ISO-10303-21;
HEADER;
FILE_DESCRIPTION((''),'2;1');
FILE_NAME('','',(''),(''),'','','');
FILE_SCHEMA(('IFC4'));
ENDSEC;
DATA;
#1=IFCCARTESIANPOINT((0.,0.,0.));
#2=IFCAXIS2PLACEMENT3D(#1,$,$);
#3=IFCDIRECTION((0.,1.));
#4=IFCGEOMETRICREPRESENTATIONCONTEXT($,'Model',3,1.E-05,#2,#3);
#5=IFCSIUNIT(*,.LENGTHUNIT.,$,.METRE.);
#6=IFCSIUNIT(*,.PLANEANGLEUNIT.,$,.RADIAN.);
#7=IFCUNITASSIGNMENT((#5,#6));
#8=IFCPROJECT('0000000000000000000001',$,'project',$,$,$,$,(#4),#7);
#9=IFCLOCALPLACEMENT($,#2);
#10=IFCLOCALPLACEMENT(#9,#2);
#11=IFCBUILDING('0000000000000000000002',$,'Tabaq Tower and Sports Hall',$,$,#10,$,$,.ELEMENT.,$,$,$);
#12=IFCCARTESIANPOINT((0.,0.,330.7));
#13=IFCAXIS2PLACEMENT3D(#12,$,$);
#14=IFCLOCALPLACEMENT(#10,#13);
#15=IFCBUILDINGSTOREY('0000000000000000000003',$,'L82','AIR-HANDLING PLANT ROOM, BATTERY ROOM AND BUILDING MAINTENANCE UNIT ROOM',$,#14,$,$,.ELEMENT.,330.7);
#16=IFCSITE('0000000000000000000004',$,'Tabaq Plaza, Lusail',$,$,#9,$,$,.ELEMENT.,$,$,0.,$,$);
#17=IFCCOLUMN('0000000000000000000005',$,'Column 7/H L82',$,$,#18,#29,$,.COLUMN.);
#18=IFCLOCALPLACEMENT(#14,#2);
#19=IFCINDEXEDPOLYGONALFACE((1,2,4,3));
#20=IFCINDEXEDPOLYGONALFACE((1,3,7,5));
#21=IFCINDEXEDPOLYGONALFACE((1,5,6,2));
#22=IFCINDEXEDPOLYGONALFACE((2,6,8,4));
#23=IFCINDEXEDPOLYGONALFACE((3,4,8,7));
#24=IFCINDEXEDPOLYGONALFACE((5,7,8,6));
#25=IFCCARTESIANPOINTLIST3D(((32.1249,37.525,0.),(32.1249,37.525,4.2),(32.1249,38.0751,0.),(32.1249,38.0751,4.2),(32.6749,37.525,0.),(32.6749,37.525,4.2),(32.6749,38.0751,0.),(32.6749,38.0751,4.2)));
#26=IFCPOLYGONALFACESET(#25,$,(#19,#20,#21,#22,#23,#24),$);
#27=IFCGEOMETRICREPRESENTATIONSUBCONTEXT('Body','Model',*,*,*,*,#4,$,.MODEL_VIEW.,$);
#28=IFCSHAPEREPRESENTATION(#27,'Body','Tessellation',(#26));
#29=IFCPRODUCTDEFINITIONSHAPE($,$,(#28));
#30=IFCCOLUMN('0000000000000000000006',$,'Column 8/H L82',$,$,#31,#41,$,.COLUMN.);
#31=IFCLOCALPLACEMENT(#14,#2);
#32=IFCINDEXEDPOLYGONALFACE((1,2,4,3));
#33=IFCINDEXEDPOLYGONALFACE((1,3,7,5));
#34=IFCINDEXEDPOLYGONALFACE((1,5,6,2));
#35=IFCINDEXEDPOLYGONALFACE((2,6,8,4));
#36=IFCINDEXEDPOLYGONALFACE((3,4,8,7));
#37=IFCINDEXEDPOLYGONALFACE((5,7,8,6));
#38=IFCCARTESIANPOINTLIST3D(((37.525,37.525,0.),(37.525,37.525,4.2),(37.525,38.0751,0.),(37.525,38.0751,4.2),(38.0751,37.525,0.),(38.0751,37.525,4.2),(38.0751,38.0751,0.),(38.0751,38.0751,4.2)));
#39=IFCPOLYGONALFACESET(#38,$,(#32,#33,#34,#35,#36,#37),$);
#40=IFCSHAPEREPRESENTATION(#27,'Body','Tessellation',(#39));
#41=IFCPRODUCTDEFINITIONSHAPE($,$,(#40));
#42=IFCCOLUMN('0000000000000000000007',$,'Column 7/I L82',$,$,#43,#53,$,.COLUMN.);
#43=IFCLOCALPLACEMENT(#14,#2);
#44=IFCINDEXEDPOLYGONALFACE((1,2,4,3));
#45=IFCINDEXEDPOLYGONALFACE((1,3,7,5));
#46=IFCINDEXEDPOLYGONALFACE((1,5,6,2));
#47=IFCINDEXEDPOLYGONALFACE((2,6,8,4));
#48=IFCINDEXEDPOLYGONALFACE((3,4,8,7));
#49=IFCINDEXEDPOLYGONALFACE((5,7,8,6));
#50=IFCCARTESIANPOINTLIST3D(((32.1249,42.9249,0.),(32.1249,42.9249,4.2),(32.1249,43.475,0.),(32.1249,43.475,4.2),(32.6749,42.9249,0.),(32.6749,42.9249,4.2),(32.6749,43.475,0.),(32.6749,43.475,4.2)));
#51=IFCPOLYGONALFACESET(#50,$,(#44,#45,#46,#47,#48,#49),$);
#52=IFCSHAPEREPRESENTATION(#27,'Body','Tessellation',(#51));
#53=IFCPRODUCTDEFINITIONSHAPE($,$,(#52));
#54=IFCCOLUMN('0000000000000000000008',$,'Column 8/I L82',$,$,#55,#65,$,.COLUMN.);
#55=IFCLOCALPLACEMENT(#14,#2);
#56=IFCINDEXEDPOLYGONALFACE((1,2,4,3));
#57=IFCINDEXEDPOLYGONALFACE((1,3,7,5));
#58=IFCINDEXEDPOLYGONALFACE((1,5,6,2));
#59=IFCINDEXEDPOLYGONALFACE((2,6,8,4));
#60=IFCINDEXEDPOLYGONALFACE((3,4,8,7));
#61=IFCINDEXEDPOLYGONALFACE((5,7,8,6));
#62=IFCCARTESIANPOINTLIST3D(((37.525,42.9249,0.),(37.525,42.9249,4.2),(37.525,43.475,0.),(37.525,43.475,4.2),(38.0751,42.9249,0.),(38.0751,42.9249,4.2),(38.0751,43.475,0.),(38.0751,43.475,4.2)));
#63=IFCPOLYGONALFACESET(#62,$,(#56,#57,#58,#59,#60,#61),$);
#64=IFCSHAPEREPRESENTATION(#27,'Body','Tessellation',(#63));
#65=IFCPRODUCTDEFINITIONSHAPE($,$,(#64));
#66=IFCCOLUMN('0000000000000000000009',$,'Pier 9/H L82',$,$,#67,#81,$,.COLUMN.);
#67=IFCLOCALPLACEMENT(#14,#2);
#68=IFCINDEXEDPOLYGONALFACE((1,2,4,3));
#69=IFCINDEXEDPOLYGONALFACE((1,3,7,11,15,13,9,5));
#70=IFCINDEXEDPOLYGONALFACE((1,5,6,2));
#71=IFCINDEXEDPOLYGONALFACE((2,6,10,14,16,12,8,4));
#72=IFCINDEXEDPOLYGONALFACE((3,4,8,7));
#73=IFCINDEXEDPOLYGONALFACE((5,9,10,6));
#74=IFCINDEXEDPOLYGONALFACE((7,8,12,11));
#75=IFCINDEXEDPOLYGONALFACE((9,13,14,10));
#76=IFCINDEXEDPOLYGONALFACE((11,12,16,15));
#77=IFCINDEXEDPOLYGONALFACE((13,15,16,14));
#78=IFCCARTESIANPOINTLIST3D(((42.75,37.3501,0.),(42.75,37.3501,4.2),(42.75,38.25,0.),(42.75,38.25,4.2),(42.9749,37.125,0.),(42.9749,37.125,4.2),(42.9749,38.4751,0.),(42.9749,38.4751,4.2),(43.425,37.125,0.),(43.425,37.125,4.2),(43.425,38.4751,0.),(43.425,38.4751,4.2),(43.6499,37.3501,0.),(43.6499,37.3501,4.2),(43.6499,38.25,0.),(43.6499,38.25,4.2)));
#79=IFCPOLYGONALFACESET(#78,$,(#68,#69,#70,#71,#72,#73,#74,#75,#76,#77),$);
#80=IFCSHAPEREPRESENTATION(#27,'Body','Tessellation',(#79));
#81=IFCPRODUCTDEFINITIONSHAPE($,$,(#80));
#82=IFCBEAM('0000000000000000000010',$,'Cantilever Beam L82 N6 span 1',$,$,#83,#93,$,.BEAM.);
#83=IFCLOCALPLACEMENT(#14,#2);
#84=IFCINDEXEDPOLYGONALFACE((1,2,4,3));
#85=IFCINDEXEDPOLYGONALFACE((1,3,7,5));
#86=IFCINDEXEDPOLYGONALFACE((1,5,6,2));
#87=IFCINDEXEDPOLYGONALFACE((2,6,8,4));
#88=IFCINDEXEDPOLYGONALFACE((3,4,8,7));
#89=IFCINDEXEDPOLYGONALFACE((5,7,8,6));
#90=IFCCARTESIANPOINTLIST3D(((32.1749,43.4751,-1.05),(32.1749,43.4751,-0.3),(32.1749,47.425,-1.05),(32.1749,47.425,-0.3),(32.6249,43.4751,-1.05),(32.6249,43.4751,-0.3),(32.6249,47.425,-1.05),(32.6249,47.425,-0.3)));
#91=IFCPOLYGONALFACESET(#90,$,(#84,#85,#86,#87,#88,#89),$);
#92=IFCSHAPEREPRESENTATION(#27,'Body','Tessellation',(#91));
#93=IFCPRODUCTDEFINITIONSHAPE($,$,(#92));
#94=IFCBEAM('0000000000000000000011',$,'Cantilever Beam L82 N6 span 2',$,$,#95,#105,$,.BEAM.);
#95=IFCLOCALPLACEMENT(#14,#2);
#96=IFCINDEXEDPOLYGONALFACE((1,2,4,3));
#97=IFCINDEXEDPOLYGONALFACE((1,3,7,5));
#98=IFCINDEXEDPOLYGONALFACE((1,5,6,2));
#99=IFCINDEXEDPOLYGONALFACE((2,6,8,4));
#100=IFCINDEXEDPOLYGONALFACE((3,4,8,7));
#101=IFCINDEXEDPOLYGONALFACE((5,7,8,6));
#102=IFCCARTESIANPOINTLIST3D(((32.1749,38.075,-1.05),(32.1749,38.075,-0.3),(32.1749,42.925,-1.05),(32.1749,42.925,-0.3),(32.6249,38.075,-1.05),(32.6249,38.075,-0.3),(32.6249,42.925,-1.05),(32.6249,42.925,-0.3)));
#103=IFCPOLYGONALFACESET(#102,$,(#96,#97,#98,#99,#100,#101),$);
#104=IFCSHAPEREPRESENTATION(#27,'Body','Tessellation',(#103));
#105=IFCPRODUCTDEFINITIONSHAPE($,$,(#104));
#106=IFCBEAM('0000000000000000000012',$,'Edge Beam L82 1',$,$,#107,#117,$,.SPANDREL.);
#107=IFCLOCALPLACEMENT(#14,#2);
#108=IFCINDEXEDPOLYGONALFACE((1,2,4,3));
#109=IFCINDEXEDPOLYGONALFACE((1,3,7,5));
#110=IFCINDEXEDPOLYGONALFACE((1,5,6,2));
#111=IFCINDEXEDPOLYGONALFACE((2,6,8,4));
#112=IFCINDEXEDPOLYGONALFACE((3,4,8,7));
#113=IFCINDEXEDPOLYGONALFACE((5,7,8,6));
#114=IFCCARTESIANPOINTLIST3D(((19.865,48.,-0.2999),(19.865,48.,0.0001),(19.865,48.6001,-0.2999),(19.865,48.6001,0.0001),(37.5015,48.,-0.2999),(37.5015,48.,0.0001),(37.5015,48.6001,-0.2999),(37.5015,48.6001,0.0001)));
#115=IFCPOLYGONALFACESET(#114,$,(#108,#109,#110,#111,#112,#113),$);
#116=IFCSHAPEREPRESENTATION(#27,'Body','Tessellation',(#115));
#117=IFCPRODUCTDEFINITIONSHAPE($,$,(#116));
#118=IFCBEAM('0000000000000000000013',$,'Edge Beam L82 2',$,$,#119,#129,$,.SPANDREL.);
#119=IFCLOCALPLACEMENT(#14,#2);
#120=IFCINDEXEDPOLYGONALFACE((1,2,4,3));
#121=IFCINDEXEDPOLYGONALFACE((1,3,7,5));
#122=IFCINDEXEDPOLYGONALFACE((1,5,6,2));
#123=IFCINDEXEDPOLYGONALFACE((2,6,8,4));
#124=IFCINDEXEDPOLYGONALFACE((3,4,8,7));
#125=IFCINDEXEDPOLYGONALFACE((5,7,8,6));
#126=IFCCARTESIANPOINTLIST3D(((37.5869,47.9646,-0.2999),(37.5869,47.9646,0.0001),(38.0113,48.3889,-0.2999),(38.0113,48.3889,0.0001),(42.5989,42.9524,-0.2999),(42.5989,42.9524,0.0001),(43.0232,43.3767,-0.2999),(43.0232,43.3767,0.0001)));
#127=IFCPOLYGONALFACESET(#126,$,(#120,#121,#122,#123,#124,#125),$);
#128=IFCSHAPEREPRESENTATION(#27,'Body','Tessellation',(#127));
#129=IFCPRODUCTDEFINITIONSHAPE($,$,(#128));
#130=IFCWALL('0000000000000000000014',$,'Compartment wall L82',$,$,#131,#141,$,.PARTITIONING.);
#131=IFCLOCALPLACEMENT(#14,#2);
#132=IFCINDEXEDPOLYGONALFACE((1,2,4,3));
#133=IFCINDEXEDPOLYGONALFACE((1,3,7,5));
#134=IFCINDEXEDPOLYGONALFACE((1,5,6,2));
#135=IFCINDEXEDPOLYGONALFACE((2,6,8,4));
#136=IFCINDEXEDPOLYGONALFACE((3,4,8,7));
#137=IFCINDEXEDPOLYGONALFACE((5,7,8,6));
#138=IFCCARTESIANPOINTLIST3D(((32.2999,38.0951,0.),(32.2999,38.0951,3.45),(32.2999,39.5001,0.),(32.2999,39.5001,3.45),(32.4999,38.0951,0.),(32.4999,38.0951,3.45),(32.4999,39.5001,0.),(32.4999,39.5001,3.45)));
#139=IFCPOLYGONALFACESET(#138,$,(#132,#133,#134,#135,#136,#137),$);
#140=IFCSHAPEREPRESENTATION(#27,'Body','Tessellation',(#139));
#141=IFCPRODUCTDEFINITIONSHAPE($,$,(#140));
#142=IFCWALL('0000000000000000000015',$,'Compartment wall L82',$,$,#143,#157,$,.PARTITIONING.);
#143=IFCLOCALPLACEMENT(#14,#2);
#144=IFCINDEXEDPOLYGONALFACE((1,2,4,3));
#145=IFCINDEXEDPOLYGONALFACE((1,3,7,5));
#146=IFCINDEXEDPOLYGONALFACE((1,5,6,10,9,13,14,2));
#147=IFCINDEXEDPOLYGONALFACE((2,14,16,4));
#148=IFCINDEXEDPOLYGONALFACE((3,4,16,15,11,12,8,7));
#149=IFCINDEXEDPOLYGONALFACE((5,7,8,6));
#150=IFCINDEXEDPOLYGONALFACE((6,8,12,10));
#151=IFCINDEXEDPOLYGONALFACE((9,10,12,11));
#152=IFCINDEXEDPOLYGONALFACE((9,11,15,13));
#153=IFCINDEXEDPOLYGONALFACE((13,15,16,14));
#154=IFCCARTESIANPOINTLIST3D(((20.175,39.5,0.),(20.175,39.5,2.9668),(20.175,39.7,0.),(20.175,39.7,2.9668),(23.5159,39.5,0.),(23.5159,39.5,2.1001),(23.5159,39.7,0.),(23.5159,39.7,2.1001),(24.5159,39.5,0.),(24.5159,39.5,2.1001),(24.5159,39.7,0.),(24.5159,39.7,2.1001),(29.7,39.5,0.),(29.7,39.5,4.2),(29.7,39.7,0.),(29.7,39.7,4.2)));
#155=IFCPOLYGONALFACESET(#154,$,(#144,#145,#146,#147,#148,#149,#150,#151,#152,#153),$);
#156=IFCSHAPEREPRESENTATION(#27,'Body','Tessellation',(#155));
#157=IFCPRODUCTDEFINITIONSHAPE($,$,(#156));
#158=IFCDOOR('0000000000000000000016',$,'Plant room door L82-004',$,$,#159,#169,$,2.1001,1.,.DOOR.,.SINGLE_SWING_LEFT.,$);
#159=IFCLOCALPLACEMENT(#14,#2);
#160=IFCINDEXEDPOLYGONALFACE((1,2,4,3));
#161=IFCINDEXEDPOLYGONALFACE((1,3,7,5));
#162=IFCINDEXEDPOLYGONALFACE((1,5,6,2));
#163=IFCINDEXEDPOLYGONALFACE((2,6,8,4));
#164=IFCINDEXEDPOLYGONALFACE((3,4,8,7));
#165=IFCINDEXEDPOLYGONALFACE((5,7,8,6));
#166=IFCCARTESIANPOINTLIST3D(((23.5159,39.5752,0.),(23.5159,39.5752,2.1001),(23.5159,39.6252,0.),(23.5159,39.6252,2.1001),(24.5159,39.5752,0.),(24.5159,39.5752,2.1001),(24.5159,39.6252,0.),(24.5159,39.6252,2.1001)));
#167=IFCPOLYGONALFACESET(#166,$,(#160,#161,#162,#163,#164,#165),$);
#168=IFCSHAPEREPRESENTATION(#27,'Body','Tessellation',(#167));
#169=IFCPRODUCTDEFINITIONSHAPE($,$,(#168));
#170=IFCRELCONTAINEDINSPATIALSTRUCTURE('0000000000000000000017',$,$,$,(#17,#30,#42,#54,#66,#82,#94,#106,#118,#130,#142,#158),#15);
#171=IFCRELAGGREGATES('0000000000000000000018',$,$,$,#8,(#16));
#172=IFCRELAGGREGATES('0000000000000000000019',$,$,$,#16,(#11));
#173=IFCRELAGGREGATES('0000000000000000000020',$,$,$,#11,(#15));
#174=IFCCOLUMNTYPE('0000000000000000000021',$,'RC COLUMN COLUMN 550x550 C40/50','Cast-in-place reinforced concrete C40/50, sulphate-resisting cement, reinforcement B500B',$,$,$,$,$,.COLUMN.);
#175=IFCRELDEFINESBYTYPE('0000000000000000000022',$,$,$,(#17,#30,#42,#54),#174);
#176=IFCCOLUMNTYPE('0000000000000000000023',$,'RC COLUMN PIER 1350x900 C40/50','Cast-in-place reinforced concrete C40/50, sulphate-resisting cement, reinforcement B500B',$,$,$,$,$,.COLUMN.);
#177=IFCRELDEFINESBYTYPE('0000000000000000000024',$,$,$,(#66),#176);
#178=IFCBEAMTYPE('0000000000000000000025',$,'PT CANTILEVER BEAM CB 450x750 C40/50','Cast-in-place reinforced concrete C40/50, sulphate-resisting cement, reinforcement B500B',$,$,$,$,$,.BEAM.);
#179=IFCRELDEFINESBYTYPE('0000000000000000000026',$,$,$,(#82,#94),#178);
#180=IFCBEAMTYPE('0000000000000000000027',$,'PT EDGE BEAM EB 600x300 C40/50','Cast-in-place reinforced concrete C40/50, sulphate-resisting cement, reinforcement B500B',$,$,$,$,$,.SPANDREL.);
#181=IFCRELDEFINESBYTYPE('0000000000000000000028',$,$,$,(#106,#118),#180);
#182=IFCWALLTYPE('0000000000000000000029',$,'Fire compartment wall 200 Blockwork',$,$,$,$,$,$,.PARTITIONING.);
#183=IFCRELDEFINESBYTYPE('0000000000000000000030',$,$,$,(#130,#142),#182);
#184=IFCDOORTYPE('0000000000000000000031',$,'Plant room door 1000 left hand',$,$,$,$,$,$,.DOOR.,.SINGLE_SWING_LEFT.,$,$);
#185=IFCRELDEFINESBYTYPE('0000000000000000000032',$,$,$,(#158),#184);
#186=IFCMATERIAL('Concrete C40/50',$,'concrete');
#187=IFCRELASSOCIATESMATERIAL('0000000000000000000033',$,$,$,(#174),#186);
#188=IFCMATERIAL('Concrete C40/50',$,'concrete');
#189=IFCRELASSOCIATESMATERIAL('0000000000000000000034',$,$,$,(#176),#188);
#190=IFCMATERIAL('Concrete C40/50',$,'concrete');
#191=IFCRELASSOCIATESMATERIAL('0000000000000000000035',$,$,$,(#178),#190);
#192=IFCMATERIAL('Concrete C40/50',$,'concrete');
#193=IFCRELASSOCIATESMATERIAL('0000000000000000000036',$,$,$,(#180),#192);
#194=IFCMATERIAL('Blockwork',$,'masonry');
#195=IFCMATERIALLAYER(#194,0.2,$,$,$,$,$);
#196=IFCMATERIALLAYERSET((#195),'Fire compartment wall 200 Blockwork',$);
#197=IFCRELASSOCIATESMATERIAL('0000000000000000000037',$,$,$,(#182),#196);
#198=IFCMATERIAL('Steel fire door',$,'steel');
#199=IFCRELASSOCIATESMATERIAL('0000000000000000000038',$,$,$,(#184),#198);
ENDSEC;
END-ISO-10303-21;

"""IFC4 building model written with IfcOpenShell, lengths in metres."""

from ifc_helpers import new_model, si_unit, direction, frame, frame_2d, origin, origin_2d, place, context, subcontext, project, spatial, polyline, rectangle, outline, extrude, material, layer, layer_set, material_profile, profile_set, type_object, element, fill, save


model = new_model("IFC4")

# Units and contexts
model_context = context("Model", 3, precision=1e-05, world=origin(), true_north=direction((0.0, 1.0)))
body_context = subcontext(model_context, "Body", "Model", "MODEL_VIEW")
ifc_project = project(units=[si_unit("LENGTHUNIT", "METRE"), si_unit("PLANEANGLEUNIT", "RADIAN")], contexts=[model_context])

# Site, building, storey
site_placement = place(None, origin())
site = spatial("IfcSite", under=ifc_project, at=site_placement, Name="Tabaq Plaza, Lusail", CompositionType="ELEMENT", RefElevation=0.0)
building_placement = place(site_placement, origin())
building = spatial("IfcBuilding", under=site, at=building_placement, Name="Tabaq Tower and Sports Hall", CompositionType="ELEMENT")
storey_placement = place(building_placement, frame((0.0, 0.0, 330.7)))
storey = spatial("IfcBuildingStorey", under=building, at=storey_placement, Name="L82", Description="AIR-HANDLING PLANT ROOM, BATTERY ROOM AND BUILDING MAINTENANCE UNIT ROOM", CompositionType="ELEMENT", Elevation=330.7)

# Columns
ifc_material_1 = material(Name="Concrete C40/50", Category="concrete")
ifc_material_profile_1 = material_profile(ifc_material_1, rectangle(XDim=0.55, YDim=0.55, at=origin_2d()), Name="COLUMN 550x550")
ifc_profile_set_1 = profile_set([ifc_material_profile_1], Name="Concrete C40/50")
column_type_1 = type_object("IfcColumnType", Name="RC COLUMN COLUMN 550x550 C40/50", Description="Cast-in-place reinforced concrete C40/50, sulphate-resisting cement, reinforcement B500B", PredefinedType="COLUMN", material=ifc_profile_set_1)
for number, where, z_axis, x_axis, name in (
    (1, (32.3999, 37.8, 0.0), (0.0, 0.0, 1.0), (1.0, 0.0, 0.0), "Column 7/H L82"),
    (2, (37.8, 37.8, 0.0), (0.0, 0.0, 1.0), (1.0, 0.0, 0.0), "Column 8/H L82"),
    (3, (32.3999, 43.2, 0.0), (0.0, 0.0, 1.0), (1.0, 0.0, 0.0), "Column 7/I L82"),
    (4, (37.8, 43.2, 0.0), (0.0, 0.0, 1.0), (1.0, 0.0, 0.0), "Column 8/I L82"),
):
    element("IfcColumn", number, at=place(storey_placement, frame(where, z_axis=z_axis, x_axis=x_axis)), inside=storey, type_object=column_type_1, Name=name, PredefinedType="COLUMN", context=body_context, shape_type="SweptSolid", body=[
        extrude(rectangle(XDim=0.55, YDim=0.55, at=origin_2d()), origin(), (0.0, 0.0, 1.0), 4.2),
    ])
ifc_material_2 = material(Name="Concrete C40/50", Category="concrete")
ifc_material_profile_2 = material_profile(ifc_material_2, outline(polyline([(-0.45, -0.45), (0.45, -0.45), (0.675, -0.2251), (0.675, 0.2251), (0.45, 0.45), (-0.45, 0.45), (-0.675, 0.2251), (-0.675, -0.2251), (-0.45, -0.45)])), Name="PIER 1350x900")
ifc_profile_set_2 = profile_set([ifc_material_profile_2], Name="Concrete C40/50")
column_type_2 = type_object("IfcColumnType", Name="RC COLUMN PIER 1350x900 C40/50", Description="Cast-in-place reinforced concrete C40/50, sulphate-resisting cement, reinforcement B500B", PredefinedType="COLUMN", material=ifc_profile_set_2)
column_placement = place(storey_placement, frame((43.2, 37.8, 0.0), z_axis=(0.0, 0.0, 1.0), x_axis=(0.0, 1.0, 0.0)))
element("IfcColumn", 5, at=column_placement, inside=storey, type_object=column_type_2, Name="Pier 9/H L82", PredefinedType="COLUMN", context=body_context, shape_type="SweptSolid", body=[
    extrude(outline(polyline([(-0.45, -0.45), (0.45, -0.45), (0.675, -0.2251), (0.675, 0.2251), (0.45, 0.45), (-0.45, 0.45), (-0.675, 0.2251), (-0.675, -0.2251), (-0.45, -0.45)])), origin(), (0.0, 0.0, 1.0), 4.2),
])

# Beams
ifc_material_3 = material(Name="Concrete C40/50", Category="concrete")
ifc_material_profile_3 = material_profile(ifc_material_3, rectangle(XDim=0.45, YDim=0.75, at=origin_2d()), Name="CB 450x750")
ifc_profile_set_3 = profile_set([ifc_material_profile_3], Name="Concrete C40/50")
beam_type_1 = type_object("IfcBeamType", Name="PT CANTILEVER BEAM CB 450x750 C40/50", Description="Cast-in-place reinforced concrete C40/50, sulphate-resisting cement, reinforcement B500B", PredefinedType="BEAM", material=ifc_profile_set_3)
beam_1_placement = place(storey_placement, frame((32.3999, 47.425, -0.675), z_axis=(0.0, -1.0, 0.0), x_axis=(1.0, 0.0, 0.0)))
element("IfcBeam", 6, at=beam_1_placement, inside=storey, type_object=beam_type_1, Name="Cantilever Beam L82 N6 span 1", PredefinedType="BEAM", context=body_context, shape_type="SweptSolid", body=[
    extrude(rectangle(XDim=0.45, YDim=0.75, at=origin_2d()), origin(), (0.0, 0.0, 1.0), 3.95),
])
beam_2_placement = place(storey_placement, frame((32.3999, 42.925, -0.675), z_axis=(0.0, -1.0, 0.0), x_axis=(1.0, 0.0, 0.0)))
element("IfcBeam", 7, at=beam_2_placement, inside=storey, type_object=beam_type_1, Name="Cantilever Beam L82 N6 span 2", PredefinedType="BEAM", context=body_context, shape_type="SweptSolid", body=[
    extrude(rectangle(XDim=0.45, YDim=0.75, at=origin_2d()), origin(), (0.0, 0.0, 1.0), 4.8501),
])
ifc_material_4 = material(Name="Concrete C40/50", Category="concrete")
ifc_material_profile_4 = material_profile(ifc_material_4, rectangle(XDim=0.6001, YDim=0.3, at=origin_2d()), Name="EB 600x300")
ifc_profile_set_4 = profile_set([ifc_material_profile_4], Name="Concrete C40/50")
beam_type_2 = type_object("IfcBeamType", Name="PT EDGE BEAM EB 600x300 C40/50", Description="Cast-in-place reinforced concrete C40/50, sulphate-resisting cement, reinforcement B500B", PredefinedType="SPANDREL", material=ifc_profile_set_4)
beam_3_placement = place(storey_placement, frame((37.5015, 48.3, -0.1499), z_axis=(-1.0, 0.0, 0.0), x_axis=(0.0, -1.0, 0.0)))
element("IfcBeam", 8, at=beam_3_placement, inside=storey, type_object=beam_type_2, Name="Edge Beam L82 1", PredefinedType="SPANDREL", context=body_context, shape_type="SweptSolid", body=[
    extrude(rectangle(XDim=0.6001, YDim=0.3, at=origin_2d()), origin(), (0.0, 0.0, 1.0), 17.6365),
])
beam_4_placement = place(storey_placement, frame((42.811, 43.1646, -0.1499), z_axis=(-0.70709, 0.707124, 0.0), x_axis=(-0.707124, -0.70709, 0.0)))
element("IfcBeam", 9, at=beam_4_placement, inside=storey, type_object=beam_type_2, Name="Edge Beam L82 2", PredefinedType="SPANDREL", context=body_context, shape_type="SweptSolid", body=[
    extrude(rectangle(XDim=0.6001, YDim=0.3, at=origin_2d()), origin(), (0.0, 0.0, 1.0), 7.0881),
])

# Shared definitions
ifc_material_5 = material(Name="Blockwork", Category="masonry")
ifc_layer_1 = layer(ifc_material_5, 0.2)
ifc_layer_set_1 = layer_set([ifc_layer_1], Name="Fire compartment wall 200 Blockwork")
wall_type_1 = type_object("IfcWallType", Name="Fire compartment wall 200 Blockwork", PredefinedType="PARTITIONING", material=ifc_layer_set_1)

# Wall
wall_1_placement = place(storey_placement, frame((32.3999, 38.095, 0.0), z_axis=(0.0, 0.0, 1.0), x_axis=(0.0, 1.0, 0.0)))
element("IfcWall", 10, at=wall_1_placement, inside=storey, type_object=wall_type_1, Name="Compartment wall L82", PredefinedType="PARTITIONING", context=body_context, shape_type="SweptSolid", body=[
    extrude(rectangle(XDim=1.405, YDim=0.2, at=frame_2d((0.7026, 0.0))), origin(), (0.0, 0.0, 1.0), 3.45),
])

# Wall, opening, door
wall_2_placement = place(storey_placement, frame((29.7, 39.6001, 0.0), z_axis=(0.0, 0.0, 1.0), x_axis=(-1.0, 0.0, 0.0)))
wall_2 = element("IfcWall", 11, at=wall_2_placement, inside=storey, type_object=wall_type_1, Name="Compartment wall L82", PredefinedType="PARTITIONING", context=body_context, shape_type="SweptSolid", body=[
    extrude(outline(polyline([(0.0, 0.0), (9.5249, 0.0), (9.5249, 2.9668), (0.0, 4.2), (0.0, 0.0)])), frame((0.0, 0.1001, 0.0), z_axis=(0.0, -1.0, 0.0), x_axis=(1.0, 0.0, 0.0)), (0.0, 0.0, 1.0), 0.2),
])
opening_1_placement = place(wall_2_placement, frame((5.1841, 0.0, 0.0)))
opening_1 = element("IfcOpeningElement", 12, at=opening_1_placement, cuts=wall_2, PredefinedType="OPENING", context=body_context, shape_type="SweptSolid", body=[
    extrude(rectangle(XDim=1.0, YDim=2.1001, at=frame_2d((0.5, 1.05))), frame((0.0, 0.1001, 0.0), z_axis=(0.0, -1.0, 0.0), x_axis=(1.0, 0.0, 0.0)), (0.0, 0.0, 1.0), 0.2),
])
ifc_material_6 = material(Name="Steel fire door", Category="steel")
door_type_1 = type_object("IfcDoorType", Name="Plant room door 1000 left hand", OperationType="SINGLE_SWING_LEFT", PredefinedType="DOOR", material=ifc_material_6)
door_1_placement = place(opening_1_placement, origin())
door_1 = element("IfcDoor", 13, at=door_1_placement, inside=storey, type_object=door_type_1, Name="Plant room door L82-004", OperationType="SINGLE_SWING_LEFT", OverallHeight=2.1001, OverallWidth=1.0, PredefinedType="DOOR", context=body_context, shape_type="SweptSolid", body=[
    extrude(rectangle(XDim=1.0, YDim=2.1001, at=frame_2d((0.5, 1.05))), frame((0.0, 0.0249, 0.0), z_axis=(0.0, -1.0, 0.0), x_axis=(1.0, 0.0, 0.0)), (0.0, 0.0, 1.0), 0.05),
])
fill(opening_1, door_1)

save(model, "model.ifc")
